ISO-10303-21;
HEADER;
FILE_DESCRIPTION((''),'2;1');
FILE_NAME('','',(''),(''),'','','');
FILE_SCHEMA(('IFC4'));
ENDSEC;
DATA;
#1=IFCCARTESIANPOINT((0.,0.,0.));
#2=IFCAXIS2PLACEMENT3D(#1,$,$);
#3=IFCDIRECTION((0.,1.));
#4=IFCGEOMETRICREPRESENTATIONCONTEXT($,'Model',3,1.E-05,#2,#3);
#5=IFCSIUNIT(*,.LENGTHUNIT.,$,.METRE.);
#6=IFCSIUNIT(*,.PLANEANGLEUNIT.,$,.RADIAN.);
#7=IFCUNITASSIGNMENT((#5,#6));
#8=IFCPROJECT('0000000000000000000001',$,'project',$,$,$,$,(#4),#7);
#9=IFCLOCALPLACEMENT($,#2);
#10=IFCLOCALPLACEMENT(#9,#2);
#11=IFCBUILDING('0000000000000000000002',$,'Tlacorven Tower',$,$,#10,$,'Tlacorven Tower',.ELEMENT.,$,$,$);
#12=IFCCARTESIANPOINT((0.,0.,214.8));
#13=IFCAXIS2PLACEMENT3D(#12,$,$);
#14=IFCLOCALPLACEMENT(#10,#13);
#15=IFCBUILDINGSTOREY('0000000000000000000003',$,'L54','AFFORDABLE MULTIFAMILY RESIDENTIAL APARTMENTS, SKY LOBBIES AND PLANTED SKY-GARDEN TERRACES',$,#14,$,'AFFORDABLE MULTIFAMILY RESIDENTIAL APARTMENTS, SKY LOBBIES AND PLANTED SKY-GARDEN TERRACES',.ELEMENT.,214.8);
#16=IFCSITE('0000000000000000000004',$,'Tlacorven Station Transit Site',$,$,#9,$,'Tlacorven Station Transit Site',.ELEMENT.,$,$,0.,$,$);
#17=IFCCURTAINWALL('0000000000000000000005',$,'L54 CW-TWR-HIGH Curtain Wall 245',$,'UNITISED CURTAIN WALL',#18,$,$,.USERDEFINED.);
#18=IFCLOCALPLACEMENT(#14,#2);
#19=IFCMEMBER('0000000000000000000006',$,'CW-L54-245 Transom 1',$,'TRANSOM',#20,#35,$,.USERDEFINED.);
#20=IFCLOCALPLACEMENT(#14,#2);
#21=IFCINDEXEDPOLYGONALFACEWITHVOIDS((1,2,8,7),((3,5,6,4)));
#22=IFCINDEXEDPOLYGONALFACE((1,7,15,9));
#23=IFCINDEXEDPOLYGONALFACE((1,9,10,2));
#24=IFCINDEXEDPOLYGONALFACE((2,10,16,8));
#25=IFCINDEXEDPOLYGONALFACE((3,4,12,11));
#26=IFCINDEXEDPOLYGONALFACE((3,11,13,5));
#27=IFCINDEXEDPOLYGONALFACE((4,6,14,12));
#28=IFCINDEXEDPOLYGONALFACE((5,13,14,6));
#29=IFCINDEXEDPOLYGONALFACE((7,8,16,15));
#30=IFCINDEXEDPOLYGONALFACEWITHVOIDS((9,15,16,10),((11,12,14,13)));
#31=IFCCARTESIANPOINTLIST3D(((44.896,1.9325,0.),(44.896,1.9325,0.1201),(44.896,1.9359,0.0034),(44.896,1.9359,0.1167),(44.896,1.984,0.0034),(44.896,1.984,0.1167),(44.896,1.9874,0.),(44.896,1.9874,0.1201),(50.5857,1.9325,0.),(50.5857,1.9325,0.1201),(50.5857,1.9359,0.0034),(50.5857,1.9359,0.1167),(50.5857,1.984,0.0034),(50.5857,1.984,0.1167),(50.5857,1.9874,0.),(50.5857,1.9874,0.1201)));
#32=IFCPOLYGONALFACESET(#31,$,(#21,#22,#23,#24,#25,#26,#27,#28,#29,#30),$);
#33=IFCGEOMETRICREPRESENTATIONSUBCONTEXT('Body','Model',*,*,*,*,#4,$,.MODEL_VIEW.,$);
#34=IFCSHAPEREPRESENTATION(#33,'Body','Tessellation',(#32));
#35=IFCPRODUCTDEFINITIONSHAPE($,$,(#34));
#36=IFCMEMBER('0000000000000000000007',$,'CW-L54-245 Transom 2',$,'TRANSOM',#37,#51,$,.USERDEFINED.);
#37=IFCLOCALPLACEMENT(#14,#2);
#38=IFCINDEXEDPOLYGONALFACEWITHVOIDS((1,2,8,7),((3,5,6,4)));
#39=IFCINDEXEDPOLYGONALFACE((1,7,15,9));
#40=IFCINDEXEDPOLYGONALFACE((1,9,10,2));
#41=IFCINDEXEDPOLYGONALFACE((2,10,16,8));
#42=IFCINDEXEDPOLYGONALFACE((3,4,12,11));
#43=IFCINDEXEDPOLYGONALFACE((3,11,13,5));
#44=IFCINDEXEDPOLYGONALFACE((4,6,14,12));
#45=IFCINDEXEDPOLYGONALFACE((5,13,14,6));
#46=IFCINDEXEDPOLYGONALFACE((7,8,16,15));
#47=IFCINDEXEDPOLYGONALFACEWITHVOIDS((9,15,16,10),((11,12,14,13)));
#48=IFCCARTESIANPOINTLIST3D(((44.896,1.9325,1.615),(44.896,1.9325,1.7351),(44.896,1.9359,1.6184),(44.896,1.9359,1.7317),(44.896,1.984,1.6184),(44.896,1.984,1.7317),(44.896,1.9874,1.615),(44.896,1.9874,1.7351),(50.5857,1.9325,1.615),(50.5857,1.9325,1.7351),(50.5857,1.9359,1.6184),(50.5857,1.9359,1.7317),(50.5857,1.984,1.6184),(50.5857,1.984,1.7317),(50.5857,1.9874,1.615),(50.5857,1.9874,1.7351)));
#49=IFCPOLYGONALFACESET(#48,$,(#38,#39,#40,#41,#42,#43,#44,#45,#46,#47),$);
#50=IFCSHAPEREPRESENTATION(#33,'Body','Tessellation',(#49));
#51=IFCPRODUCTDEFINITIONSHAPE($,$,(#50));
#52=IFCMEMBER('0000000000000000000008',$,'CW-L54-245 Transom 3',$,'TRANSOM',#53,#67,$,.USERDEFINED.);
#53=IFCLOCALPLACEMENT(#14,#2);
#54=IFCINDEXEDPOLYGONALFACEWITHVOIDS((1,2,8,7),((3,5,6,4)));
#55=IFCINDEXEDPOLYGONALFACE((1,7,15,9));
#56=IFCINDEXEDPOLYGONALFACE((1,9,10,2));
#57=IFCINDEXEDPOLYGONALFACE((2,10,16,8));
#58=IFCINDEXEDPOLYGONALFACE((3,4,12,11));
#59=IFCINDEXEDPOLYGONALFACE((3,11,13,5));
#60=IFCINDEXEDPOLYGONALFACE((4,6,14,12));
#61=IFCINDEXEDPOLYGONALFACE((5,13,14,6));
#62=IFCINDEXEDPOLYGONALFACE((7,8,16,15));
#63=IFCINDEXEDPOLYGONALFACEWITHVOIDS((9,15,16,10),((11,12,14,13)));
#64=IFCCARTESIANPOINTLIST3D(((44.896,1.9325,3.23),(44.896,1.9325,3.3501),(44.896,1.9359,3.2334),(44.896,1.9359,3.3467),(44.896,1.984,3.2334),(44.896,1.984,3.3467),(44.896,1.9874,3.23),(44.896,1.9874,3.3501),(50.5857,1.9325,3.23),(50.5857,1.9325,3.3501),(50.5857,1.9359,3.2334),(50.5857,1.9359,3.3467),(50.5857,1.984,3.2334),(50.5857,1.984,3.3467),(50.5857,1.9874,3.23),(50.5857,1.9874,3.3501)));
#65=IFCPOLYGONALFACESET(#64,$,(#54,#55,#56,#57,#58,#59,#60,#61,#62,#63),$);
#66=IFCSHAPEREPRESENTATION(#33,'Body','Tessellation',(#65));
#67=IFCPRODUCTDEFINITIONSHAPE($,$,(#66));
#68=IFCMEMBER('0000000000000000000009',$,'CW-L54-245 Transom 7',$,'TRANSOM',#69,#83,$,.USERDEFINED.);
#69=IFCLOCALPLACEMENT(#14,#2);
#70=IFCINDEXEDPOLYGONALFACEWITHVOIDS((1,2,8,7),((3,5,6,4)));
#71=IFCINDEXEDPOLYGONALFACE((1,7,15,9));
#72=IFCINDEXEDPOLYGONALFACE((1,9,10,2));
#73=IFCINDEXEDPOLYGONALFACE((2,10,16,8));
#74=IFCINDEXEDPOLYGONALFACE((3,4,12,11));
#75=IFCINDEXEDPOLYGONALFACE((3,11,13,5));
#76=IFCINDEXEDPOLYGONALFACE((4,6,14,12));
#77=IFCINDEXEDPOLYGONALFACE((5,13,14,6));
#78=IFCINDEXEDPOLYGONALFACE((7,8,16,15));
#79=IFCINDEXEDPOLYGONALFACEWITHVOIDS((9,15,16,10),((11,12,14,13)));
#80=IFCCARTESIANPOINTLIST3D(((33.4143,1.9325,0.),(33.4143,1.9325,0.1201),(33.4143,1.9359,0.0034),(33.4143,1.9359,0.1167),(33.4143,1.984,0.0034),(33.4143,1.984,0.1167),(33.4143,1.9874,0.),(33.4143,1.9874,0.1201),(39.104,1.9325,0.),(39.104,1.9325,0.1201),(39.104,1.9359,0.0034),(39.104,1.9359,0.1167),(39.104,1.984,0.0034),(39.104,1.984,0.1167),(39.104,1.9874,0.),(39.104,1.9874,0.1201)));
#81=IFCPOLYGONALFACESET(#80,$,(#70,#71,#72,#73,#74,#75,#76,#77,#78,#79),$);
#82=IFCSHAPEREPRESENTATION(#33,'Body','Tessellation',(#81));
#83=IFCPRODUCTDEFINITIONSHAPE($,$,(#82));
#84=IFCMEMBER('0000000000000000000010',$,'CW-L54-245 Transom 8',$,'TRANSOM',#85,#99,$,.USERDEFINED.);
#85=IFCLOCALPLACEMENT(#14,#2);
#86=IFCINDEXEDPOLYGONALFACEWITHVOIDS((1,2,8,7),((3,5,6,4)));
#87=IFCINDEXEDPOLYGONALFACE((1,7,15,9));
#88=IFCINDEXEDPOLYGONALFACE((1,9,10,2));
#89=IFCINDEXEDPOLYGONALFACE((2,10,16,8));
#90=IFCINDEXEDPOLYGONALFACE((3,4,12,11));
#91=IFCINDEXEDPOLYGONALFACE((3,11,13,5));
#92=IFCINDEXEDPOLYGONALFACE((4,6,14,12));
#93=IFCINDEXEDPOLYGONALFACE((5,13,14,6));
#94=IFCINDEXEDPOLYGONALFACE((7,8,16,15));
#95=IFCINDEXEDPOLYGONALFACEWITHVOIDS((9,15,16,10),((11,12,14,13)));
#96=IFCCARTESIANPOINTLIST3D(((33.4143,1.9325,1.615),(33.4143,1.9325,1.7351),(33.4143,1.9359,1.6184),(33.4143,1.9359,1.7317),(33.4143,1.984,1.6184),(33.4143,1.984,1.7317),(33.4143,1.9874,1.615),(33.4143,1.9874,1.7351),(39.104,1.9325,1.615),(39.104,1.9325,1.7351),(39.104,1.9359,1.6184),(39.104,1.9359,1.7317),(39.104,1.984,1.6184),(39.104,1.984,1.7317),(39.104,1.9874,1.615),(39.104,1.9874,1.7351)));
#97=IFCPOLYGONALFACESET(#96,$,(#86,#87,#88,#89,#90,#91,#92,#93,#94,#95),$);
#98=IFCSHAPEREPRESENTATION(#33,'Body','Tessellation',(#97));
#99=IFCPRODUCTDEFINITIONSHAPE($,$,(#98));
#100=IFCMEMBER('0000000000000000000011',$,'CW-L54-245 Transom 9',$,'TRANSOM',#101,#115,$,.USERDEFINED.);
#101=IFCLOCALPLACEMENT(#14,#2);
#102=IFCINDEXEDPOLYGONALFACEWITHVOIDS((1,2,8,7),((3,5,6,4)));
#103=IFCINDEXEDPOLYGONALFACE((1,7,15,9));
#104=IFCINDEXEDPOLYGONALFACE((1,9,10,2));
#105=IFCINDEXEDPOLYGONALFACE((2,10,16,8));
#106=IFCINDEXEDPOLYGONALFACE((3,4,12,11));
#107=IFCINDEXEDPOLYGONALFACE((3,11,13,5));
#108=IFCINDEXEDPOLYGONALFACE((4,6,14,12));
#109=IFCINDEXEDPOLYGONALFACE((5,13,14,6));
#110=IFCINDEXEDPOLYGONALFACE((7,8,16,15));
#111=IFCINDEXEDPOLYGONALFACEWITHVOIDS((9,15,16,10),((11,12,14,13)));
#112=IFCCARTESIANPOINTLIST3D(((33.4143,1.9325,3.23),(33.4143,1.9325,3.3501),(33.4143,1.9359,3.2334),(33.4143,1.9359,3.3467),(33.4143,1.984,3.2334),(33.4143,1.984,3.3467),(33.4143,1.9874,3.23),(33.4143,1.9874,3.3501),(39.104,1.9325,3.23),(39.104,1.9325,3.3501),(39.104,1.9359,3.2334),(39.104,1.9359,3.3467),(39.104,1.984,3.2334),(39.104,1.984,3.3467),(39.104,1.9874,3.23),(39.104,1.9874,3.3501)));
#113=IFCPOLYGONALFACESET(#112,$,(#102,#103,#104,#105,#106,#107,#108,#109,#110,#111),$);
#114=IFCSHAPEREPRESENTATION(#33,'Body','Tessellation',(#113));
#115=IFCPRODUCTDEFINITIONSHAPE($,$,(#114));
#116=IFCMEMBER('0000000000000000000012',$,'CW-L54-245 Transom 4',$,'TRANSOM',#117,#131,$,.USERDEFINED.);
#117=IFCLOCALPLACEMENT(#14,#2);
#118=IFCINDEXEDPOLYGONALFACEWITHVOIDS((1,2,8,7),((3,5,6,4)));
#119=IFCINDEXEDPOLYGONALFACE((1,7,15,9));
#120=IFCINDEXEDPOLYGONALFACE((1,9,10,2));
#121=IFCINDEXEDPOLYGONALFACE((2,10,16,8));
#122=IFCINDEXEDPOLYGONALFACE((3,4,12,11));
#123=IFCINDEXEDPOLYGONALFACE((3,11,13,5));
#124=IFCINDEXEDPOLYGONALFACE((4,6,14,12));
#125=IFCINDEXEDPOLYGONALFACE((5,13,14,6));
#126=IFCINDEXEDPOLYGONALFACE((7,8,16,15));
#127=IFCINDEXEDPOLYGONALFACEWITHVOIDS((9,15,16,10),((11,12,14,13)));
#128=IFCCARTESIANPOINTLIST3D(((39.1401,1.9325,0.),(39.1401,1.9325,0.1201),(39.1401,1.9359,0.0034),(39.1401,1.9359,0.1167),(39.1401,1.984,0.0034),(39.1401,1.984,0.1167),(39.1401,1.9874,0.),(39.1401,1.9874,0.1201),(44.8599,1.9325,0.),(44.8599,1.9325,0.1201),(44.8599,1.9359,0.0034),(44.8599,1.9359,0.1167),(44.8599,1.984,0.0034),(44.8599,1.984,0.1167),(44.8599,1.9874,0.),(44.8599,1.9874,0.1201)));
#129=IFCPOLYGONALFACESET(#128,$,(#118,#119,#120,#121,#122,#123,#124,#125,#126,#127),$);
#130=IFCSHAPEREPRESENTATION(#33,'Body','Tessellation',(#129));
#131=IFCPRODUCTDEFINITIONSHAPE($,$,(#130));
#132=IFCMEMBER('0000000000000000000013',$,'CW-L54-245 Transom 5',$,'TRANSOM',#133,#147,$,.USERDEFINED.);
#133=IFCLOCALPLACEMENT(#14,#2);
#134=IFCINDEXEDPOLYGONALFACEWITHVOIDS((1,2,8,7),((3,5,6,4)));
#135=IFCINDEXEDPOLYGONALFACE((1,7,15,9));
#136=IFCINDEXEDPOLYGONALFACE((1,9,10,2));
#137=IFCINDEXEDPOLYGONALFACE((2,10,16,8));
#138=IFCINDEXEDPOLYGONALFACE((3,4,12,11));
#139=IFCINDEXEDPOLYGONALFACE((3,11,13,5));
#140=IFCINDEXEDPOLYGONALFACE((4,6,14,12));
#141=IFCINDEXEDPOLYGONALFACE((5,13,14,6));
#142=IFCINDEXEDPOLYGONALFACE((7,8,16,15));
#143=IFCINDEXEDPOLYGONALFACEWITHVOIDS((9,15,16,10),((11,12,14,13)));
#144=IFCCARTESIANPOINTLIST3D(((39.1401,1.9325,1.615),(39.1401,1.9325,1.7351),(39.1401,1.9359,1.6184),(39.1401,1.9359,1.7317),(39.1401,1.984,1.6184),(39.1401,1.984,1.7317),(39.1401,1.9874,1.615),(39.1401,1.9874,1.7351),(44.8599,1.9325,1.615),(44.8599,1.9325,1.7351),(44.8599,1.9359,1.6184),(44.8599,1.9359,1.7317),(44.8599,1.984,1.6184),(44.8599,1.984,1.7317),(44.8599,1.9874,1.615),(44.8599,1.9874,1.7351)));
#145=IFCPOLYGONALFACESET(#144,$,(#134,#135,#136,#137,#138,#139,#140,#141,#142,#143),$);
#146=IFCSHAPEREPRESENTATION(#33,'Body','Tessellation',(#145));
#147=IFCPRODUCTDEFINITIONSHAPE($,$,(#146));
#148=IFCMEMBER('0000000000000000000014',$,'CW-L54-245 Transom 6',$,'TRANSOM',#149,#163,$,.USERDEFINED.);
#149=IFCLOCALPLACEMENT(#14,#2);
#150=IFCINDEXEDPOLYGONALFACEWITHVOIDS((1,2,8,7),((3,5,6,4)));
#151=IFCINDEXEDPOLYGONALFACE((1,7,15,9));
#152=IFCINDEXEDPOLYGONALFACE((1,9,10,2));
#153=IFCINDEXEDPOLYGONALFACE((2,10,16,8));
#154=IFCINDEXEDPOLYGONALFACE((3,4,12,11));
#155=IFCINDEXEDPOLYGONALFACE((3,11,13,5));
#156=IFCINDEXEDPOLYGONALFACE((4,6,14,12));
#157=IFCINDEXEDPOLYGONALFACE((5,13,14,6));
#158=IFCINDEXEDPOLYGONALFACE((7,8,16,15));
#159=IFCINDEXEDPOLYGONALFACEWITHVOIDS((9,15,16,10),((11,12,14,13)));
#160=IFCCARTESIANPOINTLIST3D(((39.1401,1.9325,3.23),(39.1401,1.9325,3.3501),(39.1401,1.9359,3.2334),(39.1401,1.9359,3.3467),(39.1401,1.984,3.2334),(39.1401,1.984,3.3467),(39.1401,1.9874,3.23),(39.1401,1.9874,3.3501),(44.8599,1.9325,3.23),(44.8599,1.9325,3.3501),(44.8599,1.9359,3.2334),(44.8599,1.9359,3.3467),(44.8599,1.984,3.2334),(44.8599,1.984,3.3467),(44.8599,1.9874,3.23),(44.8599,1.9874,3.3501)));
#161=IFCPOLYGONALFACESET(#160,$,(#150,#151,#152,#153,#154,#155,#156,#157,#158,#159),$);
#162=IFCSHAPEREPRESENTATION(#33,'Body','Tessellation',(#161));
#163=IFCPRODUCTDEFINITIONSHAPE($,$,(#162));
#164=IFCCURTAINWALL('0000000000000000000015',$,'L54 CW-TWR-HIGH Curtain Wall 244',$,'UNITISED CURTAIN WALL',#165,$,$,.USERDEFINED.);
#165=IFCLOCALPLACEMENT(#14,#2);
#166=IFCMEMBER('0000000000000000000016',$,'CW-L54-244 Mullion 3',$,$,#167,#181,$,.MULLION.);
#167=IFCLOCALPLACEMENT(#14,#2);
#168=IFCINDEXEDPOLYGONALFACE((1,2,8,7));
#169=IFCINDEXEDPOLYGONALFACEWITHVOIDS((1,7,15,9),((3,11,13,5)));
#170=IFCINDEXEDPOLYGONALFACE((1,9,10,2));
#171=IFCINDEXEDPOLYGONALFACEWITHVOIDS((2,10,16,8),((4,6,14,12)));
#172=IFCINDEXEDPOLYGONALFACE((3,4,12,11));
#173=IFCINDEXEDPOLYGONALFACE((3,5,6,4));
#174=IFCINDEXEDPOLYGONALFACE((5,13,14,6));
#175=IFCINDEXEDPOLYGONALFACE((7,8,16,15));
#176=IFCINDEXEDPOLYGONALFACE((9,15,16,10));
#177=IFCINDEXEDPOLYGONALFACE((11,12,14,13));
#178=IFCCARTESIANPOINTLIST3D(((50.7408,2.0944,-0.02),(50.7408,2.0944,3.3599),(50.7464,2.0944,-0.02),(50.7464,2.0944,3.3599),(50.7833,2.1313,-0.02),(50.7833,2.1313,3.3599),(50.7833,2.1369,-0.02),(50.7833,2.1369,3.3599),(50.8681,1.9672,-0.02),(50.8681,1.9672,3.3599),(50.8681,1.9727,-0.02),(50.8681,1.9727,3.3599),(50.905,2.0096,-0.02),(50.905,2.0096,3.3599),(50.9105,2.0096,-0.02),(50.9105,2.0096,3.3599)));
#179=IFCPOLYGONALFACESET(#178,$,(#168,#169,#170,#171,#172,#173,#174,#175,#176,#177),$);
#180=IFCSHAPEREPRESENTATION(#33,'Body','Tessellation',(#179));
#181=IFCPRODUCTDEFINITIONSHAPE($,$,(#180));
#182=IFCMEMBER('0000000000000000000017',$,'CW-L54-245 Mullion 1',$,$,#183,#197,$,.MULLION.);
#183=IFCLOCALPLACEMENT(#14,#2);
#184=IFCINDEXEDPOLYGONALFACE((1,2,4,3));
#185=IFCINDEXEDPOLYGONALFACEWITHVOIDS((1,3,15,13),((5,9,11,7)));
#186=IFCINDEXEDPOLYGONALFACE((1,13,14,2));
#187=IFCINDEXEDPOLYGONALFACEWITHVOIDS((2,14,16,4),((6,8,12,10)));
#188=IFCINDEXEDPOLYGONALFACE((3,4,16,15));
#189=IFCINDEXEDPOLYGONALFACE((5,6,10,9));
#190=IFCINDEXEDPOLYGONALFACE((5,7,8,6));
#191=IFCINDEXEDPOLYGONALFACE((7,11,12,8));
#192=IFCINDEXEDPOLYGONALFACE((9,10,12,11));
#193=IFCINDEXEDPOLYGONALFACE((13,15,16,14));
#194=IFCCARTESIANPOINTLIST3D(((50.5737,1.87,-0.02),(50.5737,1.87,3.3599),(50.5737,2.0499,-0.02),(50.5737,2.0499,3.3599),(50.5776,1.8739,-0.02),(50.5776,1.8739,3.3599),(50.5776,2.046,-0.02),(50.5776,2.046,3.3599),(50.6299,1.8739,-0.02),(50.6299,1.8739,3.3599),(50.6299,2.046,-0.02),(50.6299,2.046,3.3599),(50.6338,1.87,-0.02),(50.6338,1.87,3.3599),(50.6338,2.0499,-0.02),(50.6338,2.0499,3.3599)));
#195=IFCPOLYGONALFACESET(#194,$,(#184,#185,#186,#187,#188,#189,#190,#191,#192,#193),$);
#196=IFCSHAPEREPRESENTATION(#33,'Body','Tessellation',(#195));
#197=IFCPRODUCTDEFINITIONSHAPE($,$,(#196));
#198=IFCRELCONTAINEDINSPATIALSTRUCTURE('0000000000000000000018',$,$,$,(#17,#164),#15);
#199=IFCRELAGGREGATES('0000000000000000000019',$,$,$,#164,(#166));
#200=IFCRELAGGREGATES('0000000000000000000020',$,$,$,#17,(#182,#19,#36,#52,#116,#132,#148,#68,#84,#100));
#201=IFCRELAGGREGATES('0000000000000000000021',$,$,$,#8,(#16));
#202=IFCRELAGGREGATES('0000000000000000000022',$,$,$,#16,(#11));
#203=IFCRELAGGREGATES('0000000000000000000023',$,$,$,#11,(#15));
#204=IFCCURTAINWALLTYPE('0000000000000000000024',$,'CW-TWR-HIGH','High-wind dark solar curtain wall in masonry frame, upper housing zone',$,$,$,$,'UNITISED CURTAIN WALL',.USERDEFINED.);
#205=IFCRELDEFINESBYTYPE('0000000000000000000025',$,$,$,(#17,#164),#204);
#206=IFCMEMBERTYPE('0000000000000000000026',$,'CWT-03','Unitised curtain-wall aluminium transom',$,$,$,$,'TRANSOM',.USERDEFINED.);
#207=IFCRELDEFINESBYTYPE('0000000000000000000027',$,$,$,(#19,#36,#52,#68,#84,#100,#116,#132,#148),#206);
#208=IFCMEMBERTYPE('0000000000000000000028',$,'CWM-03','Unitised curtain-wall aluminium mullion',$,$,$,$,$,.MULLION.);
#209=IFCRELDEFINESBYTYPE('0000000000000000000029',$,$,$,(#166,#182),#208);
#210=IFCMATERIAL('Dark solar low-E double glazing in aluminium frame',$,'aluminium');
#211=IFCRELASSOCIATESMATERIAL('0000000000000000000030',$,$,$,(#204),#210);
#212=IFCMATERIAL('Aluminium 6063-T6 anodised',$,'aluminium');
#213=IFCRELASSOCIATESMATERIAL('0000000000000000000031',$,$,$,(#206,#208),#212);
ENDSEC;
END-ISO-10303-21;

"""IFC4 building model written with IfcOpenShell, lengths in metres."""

from ifc_helpers import new_model, si_unit, direction, frame, origin, origin_2d, place, context, subcontext, project, spatial, hollow_rectangle, extrude, source, transform, mapped, material, material_profile, profile_set, type_object, element, aggregate, save


model = new_model("IFC4")

# Units and contexts
model_context = context("Model", 3, precision=1e-05, world=origin(), true_north=direction((0.0, 1.0)))
body_context = subcontext(model_context, "Body", "Model", "MODEL_VIEW")
ifc_project = project(units=[si_unit("LENGTHUNIT", "METRE"), si_unit("PLANEANGLEUNIT", "RADIAN")], contexts=[model_context])

# Site, building, storey
site_placement = place(None, origin())
site = spatial("IfcSite", under=ifc_project, at=site_placement, Name="Tlacorven Station Transit Site", LongName="Tlacorven Station Transit Site", CompositionType="ELEMENT", RefElevation=0.0)
building_placement = place(site_placement, origin())
building = spatial("IfcBuilding", under=site, at=building_placement, Name="Tlacorven Tower", LongName="Tlacorven Tower", CompositionType="ELEMENT")
storey_placement = place(building_placement, frame((0.0, 0.0, 214.8)))
storey = spatial("IfcBuildingStorey", under=building, at=storey_placement, Name="L54", Description="AFFORDABLE MULTIFAMILY RESIDENTIAL APARTMENTS, SKY LOBBIES AND PLANTED SKY-GARDEN TERRACES", LongName="AFFORDABLE MULTIFAMILY RESIDENTIAL APARTMENTS, SKY LOBBIES AND PLANTED SKY-GARDEN TERRACES", CompositionType="ELEMENT", Elevation=214.8)

# Curtain wall, members
ifc_material_1 = material(Name="Dark solar low-E double glazing in aluminium frame", Category="aluminium")
curtain_wall_type = type_object("IfcCurtainWallType", Name="CW-TWR-HIGH", Description="High-wind dark solar curtain wall in masonry frame, upper housing zone", ElementType="UNITISED CURTAIN WALL", PredefinedType="USERDEFINED", material=ifc_material_1)
curtain_wall_1_placement = place(storey_placement, origin())
curtain_wall_1 = element("IfcCurtainWall", 1, at=curtain_wall_1_placement, inside=storey, type_object=curtain_wall_type, Name="L54 CW-TWR-HIGH Curtain Wall 245", ObjectType="UNITISED CURTAIN WALL", PredefinedType="USERDEFINED")
ifc_material_2 = material(Name="Aluminium 6063-T6 anodised", Category="aluminium")
ifc_material_profile_1 = material_profile(ifc_material_2, hollow_rectangle(XDim=0.0549, YDim=0.1201, WallThickness=0.0034, at=origin_2d()), Name="ALU TRANSOM 55X120")
ifc_profile_set_1 = profile_set([ifc_material_profile_1], Name="Aluminium 6063-T6 anodised")
member_type_1 = type_object("IfcMemberType", Name="CWT-03", Description="Unitised curtain-wall aluminium transom", ElementType="TRANSOM", PredefinedType="USERDEFINED", material=ifc_profile_set_1)
shared_shape_1 = source(origin(), body_context, "Body", "SweptSolid", [
    extrude(hollow_rectangle(XDim=0.0549, YDim=0.1201, WallThickness=0.0034, at=origin_2d()), origin(), (0.0, 0.0, 1.0), 5.6897),
])
member_1_placement = place(storey_placement, frame((50.5857, 1.96, 0.0601), z_axis=(-1.0, 0.0, 0.0), x_axis=(0.0, -1.0, 0.0)))
member_1 = element("IfcMember", 2, at=member_1_placement, type_object=member_type_1, Name="CW-L54-245 Transom 1", ObjectType="TRANSOM", PredefinedType="USERDEFINED", context=body_context, shape_type="MappedRepresentation", body=[
    mapped(shared_shape_1, transform((0.0, 0.0, 0.0), scale=1.0)),
])
member_2_placement = place(storey_placement, frame((50.5857, 1.96, 1.675), z_axis=(-1.0, 0.0, 0.0), x_axis=(0.0, -1.0, 0.0)))
member_2 = element("IfcMember", 3, at=member_2_placement, type_object=member_type_1, Name="CW-L54-245 Transom 2", ObjectType="TRANSOM", PredefinedType="USERDEFINED", context=body_context, shape_type="MappedRepresentation", body=[
    mapped(shared_shape_1, transform((0.0, 0.0, 0.0), scale=1.0)),
])
member_3_placement = place(storey_placement, frame((50.5857, 1.96, 3.29), z_axis=(-1.0, 0.0, 0.0), x_axis=(0.0, -1.0, 0.0)))
member_3 = element("IfcMember", 4, at=member_3_placement, type_object=member_type_1, Name="CW-L54-245 Transom 3", ObjectType="TRANSOM", PredefinedType="USERDEFINED", context=body_context, shape_type="MappedRepresentation", body=[
    mapped(shared_shape_1, transform((0.0, 0.0, 0.0), scale=1.0)),
])
member_4_placement = place(storey_placement, frame((39.104, 1.96, 0.0601), z_axis=(-1.0, 0.0, 0.0), x_axis=(0.0, -1.0, 0.0)))
member_4 = element("IfcMember", 5, at=member_4_placement, type_object=member_type_1, Name="CW-L54-245 Transom 7", ObjectType="TRANSOM", PredefinedType="USERDEFINED", context=body_context, shape_type="MappedRepresentation", body=[
    mapped(shared_shape_1, transform((0.0, 0.0, 0.0), scale=1.0)),
])
member_5_placement = place(storey_placement, frame((39.104, 1.96, 1.675), z_axis=(-1.0, 0.0, 0.0), x_axis=(0.0, -1.0, 0.0)))
member_5 = element("IfcMember", 6, at=member_5_placement, type_object=member_type_1, Name="CW-L54-245 Transom 8", ObjectType="TRANSOM", PredefinedType="USERDEFINED", context=body_context, shape_type="MappedRepresentation", body=[
    mapped(shared_shape_1, transform((0.0, 0.0, 0.0), scale=1.0)),
])
member_6_placement = place(storey_placement, frame((39.104, 1.96, 3.29), z_axis=(-1.0, 0.0, 0.0), x_axis=(0.0, -1.0, 0.0)))
member_6 = element("IfcMember", 7, at=member_6_placement, type_object=member_type_1, Name="CW-L54-245 Transom 9", ObjectType="TRANSOM", PredefinedType="USERDEFINED", context=body_context, shape_type="MappedRepresentation", body=[
    mapped(shared_shape_1, transform((0.0, 0.0, 0.0), scale=1.0)),
])
shared_shape_2 = source(origin(), body_context, "Body", "SweptSolid", [
    extrude(hollow_rectangle(XDim=0.0549, YDim=0.1201, WallThickness=0.0034, at=origin_2d()), origin(), (0.0, 0.0, 1.0), 5.7197),
])
member_7_placement = place(storey_placement, frame((44.8599, 1.96, 0.0601), z_axis=(-1.0, 0.0, 0.0), x_axis=(0.0, -1.0, 0.0)))
member_7 = element("IfcMember", 8, at=member_7_placement, type_object=member_type_1, Name="CW-L54-245 Transom 4", ObjectType="TRANSOM", PredefinedType="USERDEFINED", context=body_context, shape_type="MappedRepresentation", body=[
    mapped(shared_shape_2, transform((0.0, 0.0, 0.0), scale=1.0)),
])
member_8_placement = place(storey_placement, frame((44.8599, 1.96, 1.675), z_axis=(-1.0, 0.0, 0.0), x_axis=(0.0, -1.0, 0.0)))
member_8 = element("IfcMember", 9, at=member_8_placement, type_object=member_type_1, Name="CW-L54-245 Transom 5", ObjectType="TRANSOM", PredefinedType="USERDEFINED", context=body_context, shape_type="MappedRepresentation", body=[
    mapped(shared_shape_2, transform((0.0, 0.0, 0.0), scale=1.0)),
])
member_9_placement = place(storey_placement, frame((44.8599, 1.96, 3.29), z_axis=(-1.0, 0.0, 0.0), x_axis=(0.0, -1.0, 0.0)))
member_9 = element("IfcMember", 10, at=member_9_placement, type_object=member_type_1, Name="CW-L54-245 Transom 6", ObjectType="TRANSOM", PredefinedType="USERDEFINED", context=body_context, shape_type="MappedRepresentation", body=[
    mapped(shared_shape_2, transform((0.0, 0.0, 0.0), scale=1.0)),
])

# Curtain wall, member
curtain_wall_2_placement = place(storey_placement, origin())
curtain_wall_2 = element("IfcCurtainWall", 11, at=curtain_wall_2_placement, inside=storey, type_object=curtain_wall_type, Name="L54 CW-TWR-HIGH Curtain Wall 244", ObjectType="UNITISED CURTAIN WALL", PredefinedType="USERDEFINED")
ifc_material_profile_2 = material_profile(ifc_material_2, hollow_rectangle(XDim=0.0601, YDim=0.1799, WallThickness=0.0039, at=origin_2d()), Name="ALU MULLION 60X180")
ifc_profile_set_2 = profile_set([ifc_material_profile_2], Name="Aluminium 6063-T6 anodised")
member_type_2 = type_object("IfcMemberType", Name="CWM-03", Description="Unitised curtain-wall aluminium mullion", PredefinedType="MULLION", material=ifc_profile_set_2)
shared_shape_3 = source(origin(), body_context, "Body", "SweptSolid", [
    extrude(hollow_rectangle(XDim=0.0601, YDim=0.1799, WallThickness=0.0039, at=origin_2d()), origin(), (0.0, 0.0, 1.0), 3.3799),
])
member_10_placement = place(storey_placement, frame((50.8257, 2.052, -0.02), z_axis=(0.0, 0.0, 1.0), x_axis=(-0.707107, -0.707107, 0.0)))
member_10 = element("IfcMember", 12, at=member_10_placement, type_object=member_type_2, Name="CW-L54-244 Mullion 3", PredefinedType="MULLION", context=body_context, shape_type="MappedRepresentation", body=[
    mapped(shared_shape_3, transform((0.0, 0.0, 0.0), scale=1.0)),
])

# Member
member_11_placement = place(storey_placement, frame((50.6038, 1.96, -0.02), z_axis=(0.0, 0.0, 1.0), x_axis=(-1.0, 0.0, 0.0)))
member_11 = element("IfcMember", 13, at=member_11_placement, type_object=member_type_2, Name="CW-L54-245 Mullion 1", PredefinedType="MULLION", context=body_context, shape_type="MappedRepresentation", body=[
    mapped(shared_shape_3, transform((0.0, 0.0, 0.0), scale=1.0)),
])

aggregate(curtain_wall_2, [member_10])
aggregate(curtain_wall_1, [member_11, member_1, member_2, member_3, member_7, member_8, member_9, member_4, member_5, member_6])

save(model, "model.ifc")
